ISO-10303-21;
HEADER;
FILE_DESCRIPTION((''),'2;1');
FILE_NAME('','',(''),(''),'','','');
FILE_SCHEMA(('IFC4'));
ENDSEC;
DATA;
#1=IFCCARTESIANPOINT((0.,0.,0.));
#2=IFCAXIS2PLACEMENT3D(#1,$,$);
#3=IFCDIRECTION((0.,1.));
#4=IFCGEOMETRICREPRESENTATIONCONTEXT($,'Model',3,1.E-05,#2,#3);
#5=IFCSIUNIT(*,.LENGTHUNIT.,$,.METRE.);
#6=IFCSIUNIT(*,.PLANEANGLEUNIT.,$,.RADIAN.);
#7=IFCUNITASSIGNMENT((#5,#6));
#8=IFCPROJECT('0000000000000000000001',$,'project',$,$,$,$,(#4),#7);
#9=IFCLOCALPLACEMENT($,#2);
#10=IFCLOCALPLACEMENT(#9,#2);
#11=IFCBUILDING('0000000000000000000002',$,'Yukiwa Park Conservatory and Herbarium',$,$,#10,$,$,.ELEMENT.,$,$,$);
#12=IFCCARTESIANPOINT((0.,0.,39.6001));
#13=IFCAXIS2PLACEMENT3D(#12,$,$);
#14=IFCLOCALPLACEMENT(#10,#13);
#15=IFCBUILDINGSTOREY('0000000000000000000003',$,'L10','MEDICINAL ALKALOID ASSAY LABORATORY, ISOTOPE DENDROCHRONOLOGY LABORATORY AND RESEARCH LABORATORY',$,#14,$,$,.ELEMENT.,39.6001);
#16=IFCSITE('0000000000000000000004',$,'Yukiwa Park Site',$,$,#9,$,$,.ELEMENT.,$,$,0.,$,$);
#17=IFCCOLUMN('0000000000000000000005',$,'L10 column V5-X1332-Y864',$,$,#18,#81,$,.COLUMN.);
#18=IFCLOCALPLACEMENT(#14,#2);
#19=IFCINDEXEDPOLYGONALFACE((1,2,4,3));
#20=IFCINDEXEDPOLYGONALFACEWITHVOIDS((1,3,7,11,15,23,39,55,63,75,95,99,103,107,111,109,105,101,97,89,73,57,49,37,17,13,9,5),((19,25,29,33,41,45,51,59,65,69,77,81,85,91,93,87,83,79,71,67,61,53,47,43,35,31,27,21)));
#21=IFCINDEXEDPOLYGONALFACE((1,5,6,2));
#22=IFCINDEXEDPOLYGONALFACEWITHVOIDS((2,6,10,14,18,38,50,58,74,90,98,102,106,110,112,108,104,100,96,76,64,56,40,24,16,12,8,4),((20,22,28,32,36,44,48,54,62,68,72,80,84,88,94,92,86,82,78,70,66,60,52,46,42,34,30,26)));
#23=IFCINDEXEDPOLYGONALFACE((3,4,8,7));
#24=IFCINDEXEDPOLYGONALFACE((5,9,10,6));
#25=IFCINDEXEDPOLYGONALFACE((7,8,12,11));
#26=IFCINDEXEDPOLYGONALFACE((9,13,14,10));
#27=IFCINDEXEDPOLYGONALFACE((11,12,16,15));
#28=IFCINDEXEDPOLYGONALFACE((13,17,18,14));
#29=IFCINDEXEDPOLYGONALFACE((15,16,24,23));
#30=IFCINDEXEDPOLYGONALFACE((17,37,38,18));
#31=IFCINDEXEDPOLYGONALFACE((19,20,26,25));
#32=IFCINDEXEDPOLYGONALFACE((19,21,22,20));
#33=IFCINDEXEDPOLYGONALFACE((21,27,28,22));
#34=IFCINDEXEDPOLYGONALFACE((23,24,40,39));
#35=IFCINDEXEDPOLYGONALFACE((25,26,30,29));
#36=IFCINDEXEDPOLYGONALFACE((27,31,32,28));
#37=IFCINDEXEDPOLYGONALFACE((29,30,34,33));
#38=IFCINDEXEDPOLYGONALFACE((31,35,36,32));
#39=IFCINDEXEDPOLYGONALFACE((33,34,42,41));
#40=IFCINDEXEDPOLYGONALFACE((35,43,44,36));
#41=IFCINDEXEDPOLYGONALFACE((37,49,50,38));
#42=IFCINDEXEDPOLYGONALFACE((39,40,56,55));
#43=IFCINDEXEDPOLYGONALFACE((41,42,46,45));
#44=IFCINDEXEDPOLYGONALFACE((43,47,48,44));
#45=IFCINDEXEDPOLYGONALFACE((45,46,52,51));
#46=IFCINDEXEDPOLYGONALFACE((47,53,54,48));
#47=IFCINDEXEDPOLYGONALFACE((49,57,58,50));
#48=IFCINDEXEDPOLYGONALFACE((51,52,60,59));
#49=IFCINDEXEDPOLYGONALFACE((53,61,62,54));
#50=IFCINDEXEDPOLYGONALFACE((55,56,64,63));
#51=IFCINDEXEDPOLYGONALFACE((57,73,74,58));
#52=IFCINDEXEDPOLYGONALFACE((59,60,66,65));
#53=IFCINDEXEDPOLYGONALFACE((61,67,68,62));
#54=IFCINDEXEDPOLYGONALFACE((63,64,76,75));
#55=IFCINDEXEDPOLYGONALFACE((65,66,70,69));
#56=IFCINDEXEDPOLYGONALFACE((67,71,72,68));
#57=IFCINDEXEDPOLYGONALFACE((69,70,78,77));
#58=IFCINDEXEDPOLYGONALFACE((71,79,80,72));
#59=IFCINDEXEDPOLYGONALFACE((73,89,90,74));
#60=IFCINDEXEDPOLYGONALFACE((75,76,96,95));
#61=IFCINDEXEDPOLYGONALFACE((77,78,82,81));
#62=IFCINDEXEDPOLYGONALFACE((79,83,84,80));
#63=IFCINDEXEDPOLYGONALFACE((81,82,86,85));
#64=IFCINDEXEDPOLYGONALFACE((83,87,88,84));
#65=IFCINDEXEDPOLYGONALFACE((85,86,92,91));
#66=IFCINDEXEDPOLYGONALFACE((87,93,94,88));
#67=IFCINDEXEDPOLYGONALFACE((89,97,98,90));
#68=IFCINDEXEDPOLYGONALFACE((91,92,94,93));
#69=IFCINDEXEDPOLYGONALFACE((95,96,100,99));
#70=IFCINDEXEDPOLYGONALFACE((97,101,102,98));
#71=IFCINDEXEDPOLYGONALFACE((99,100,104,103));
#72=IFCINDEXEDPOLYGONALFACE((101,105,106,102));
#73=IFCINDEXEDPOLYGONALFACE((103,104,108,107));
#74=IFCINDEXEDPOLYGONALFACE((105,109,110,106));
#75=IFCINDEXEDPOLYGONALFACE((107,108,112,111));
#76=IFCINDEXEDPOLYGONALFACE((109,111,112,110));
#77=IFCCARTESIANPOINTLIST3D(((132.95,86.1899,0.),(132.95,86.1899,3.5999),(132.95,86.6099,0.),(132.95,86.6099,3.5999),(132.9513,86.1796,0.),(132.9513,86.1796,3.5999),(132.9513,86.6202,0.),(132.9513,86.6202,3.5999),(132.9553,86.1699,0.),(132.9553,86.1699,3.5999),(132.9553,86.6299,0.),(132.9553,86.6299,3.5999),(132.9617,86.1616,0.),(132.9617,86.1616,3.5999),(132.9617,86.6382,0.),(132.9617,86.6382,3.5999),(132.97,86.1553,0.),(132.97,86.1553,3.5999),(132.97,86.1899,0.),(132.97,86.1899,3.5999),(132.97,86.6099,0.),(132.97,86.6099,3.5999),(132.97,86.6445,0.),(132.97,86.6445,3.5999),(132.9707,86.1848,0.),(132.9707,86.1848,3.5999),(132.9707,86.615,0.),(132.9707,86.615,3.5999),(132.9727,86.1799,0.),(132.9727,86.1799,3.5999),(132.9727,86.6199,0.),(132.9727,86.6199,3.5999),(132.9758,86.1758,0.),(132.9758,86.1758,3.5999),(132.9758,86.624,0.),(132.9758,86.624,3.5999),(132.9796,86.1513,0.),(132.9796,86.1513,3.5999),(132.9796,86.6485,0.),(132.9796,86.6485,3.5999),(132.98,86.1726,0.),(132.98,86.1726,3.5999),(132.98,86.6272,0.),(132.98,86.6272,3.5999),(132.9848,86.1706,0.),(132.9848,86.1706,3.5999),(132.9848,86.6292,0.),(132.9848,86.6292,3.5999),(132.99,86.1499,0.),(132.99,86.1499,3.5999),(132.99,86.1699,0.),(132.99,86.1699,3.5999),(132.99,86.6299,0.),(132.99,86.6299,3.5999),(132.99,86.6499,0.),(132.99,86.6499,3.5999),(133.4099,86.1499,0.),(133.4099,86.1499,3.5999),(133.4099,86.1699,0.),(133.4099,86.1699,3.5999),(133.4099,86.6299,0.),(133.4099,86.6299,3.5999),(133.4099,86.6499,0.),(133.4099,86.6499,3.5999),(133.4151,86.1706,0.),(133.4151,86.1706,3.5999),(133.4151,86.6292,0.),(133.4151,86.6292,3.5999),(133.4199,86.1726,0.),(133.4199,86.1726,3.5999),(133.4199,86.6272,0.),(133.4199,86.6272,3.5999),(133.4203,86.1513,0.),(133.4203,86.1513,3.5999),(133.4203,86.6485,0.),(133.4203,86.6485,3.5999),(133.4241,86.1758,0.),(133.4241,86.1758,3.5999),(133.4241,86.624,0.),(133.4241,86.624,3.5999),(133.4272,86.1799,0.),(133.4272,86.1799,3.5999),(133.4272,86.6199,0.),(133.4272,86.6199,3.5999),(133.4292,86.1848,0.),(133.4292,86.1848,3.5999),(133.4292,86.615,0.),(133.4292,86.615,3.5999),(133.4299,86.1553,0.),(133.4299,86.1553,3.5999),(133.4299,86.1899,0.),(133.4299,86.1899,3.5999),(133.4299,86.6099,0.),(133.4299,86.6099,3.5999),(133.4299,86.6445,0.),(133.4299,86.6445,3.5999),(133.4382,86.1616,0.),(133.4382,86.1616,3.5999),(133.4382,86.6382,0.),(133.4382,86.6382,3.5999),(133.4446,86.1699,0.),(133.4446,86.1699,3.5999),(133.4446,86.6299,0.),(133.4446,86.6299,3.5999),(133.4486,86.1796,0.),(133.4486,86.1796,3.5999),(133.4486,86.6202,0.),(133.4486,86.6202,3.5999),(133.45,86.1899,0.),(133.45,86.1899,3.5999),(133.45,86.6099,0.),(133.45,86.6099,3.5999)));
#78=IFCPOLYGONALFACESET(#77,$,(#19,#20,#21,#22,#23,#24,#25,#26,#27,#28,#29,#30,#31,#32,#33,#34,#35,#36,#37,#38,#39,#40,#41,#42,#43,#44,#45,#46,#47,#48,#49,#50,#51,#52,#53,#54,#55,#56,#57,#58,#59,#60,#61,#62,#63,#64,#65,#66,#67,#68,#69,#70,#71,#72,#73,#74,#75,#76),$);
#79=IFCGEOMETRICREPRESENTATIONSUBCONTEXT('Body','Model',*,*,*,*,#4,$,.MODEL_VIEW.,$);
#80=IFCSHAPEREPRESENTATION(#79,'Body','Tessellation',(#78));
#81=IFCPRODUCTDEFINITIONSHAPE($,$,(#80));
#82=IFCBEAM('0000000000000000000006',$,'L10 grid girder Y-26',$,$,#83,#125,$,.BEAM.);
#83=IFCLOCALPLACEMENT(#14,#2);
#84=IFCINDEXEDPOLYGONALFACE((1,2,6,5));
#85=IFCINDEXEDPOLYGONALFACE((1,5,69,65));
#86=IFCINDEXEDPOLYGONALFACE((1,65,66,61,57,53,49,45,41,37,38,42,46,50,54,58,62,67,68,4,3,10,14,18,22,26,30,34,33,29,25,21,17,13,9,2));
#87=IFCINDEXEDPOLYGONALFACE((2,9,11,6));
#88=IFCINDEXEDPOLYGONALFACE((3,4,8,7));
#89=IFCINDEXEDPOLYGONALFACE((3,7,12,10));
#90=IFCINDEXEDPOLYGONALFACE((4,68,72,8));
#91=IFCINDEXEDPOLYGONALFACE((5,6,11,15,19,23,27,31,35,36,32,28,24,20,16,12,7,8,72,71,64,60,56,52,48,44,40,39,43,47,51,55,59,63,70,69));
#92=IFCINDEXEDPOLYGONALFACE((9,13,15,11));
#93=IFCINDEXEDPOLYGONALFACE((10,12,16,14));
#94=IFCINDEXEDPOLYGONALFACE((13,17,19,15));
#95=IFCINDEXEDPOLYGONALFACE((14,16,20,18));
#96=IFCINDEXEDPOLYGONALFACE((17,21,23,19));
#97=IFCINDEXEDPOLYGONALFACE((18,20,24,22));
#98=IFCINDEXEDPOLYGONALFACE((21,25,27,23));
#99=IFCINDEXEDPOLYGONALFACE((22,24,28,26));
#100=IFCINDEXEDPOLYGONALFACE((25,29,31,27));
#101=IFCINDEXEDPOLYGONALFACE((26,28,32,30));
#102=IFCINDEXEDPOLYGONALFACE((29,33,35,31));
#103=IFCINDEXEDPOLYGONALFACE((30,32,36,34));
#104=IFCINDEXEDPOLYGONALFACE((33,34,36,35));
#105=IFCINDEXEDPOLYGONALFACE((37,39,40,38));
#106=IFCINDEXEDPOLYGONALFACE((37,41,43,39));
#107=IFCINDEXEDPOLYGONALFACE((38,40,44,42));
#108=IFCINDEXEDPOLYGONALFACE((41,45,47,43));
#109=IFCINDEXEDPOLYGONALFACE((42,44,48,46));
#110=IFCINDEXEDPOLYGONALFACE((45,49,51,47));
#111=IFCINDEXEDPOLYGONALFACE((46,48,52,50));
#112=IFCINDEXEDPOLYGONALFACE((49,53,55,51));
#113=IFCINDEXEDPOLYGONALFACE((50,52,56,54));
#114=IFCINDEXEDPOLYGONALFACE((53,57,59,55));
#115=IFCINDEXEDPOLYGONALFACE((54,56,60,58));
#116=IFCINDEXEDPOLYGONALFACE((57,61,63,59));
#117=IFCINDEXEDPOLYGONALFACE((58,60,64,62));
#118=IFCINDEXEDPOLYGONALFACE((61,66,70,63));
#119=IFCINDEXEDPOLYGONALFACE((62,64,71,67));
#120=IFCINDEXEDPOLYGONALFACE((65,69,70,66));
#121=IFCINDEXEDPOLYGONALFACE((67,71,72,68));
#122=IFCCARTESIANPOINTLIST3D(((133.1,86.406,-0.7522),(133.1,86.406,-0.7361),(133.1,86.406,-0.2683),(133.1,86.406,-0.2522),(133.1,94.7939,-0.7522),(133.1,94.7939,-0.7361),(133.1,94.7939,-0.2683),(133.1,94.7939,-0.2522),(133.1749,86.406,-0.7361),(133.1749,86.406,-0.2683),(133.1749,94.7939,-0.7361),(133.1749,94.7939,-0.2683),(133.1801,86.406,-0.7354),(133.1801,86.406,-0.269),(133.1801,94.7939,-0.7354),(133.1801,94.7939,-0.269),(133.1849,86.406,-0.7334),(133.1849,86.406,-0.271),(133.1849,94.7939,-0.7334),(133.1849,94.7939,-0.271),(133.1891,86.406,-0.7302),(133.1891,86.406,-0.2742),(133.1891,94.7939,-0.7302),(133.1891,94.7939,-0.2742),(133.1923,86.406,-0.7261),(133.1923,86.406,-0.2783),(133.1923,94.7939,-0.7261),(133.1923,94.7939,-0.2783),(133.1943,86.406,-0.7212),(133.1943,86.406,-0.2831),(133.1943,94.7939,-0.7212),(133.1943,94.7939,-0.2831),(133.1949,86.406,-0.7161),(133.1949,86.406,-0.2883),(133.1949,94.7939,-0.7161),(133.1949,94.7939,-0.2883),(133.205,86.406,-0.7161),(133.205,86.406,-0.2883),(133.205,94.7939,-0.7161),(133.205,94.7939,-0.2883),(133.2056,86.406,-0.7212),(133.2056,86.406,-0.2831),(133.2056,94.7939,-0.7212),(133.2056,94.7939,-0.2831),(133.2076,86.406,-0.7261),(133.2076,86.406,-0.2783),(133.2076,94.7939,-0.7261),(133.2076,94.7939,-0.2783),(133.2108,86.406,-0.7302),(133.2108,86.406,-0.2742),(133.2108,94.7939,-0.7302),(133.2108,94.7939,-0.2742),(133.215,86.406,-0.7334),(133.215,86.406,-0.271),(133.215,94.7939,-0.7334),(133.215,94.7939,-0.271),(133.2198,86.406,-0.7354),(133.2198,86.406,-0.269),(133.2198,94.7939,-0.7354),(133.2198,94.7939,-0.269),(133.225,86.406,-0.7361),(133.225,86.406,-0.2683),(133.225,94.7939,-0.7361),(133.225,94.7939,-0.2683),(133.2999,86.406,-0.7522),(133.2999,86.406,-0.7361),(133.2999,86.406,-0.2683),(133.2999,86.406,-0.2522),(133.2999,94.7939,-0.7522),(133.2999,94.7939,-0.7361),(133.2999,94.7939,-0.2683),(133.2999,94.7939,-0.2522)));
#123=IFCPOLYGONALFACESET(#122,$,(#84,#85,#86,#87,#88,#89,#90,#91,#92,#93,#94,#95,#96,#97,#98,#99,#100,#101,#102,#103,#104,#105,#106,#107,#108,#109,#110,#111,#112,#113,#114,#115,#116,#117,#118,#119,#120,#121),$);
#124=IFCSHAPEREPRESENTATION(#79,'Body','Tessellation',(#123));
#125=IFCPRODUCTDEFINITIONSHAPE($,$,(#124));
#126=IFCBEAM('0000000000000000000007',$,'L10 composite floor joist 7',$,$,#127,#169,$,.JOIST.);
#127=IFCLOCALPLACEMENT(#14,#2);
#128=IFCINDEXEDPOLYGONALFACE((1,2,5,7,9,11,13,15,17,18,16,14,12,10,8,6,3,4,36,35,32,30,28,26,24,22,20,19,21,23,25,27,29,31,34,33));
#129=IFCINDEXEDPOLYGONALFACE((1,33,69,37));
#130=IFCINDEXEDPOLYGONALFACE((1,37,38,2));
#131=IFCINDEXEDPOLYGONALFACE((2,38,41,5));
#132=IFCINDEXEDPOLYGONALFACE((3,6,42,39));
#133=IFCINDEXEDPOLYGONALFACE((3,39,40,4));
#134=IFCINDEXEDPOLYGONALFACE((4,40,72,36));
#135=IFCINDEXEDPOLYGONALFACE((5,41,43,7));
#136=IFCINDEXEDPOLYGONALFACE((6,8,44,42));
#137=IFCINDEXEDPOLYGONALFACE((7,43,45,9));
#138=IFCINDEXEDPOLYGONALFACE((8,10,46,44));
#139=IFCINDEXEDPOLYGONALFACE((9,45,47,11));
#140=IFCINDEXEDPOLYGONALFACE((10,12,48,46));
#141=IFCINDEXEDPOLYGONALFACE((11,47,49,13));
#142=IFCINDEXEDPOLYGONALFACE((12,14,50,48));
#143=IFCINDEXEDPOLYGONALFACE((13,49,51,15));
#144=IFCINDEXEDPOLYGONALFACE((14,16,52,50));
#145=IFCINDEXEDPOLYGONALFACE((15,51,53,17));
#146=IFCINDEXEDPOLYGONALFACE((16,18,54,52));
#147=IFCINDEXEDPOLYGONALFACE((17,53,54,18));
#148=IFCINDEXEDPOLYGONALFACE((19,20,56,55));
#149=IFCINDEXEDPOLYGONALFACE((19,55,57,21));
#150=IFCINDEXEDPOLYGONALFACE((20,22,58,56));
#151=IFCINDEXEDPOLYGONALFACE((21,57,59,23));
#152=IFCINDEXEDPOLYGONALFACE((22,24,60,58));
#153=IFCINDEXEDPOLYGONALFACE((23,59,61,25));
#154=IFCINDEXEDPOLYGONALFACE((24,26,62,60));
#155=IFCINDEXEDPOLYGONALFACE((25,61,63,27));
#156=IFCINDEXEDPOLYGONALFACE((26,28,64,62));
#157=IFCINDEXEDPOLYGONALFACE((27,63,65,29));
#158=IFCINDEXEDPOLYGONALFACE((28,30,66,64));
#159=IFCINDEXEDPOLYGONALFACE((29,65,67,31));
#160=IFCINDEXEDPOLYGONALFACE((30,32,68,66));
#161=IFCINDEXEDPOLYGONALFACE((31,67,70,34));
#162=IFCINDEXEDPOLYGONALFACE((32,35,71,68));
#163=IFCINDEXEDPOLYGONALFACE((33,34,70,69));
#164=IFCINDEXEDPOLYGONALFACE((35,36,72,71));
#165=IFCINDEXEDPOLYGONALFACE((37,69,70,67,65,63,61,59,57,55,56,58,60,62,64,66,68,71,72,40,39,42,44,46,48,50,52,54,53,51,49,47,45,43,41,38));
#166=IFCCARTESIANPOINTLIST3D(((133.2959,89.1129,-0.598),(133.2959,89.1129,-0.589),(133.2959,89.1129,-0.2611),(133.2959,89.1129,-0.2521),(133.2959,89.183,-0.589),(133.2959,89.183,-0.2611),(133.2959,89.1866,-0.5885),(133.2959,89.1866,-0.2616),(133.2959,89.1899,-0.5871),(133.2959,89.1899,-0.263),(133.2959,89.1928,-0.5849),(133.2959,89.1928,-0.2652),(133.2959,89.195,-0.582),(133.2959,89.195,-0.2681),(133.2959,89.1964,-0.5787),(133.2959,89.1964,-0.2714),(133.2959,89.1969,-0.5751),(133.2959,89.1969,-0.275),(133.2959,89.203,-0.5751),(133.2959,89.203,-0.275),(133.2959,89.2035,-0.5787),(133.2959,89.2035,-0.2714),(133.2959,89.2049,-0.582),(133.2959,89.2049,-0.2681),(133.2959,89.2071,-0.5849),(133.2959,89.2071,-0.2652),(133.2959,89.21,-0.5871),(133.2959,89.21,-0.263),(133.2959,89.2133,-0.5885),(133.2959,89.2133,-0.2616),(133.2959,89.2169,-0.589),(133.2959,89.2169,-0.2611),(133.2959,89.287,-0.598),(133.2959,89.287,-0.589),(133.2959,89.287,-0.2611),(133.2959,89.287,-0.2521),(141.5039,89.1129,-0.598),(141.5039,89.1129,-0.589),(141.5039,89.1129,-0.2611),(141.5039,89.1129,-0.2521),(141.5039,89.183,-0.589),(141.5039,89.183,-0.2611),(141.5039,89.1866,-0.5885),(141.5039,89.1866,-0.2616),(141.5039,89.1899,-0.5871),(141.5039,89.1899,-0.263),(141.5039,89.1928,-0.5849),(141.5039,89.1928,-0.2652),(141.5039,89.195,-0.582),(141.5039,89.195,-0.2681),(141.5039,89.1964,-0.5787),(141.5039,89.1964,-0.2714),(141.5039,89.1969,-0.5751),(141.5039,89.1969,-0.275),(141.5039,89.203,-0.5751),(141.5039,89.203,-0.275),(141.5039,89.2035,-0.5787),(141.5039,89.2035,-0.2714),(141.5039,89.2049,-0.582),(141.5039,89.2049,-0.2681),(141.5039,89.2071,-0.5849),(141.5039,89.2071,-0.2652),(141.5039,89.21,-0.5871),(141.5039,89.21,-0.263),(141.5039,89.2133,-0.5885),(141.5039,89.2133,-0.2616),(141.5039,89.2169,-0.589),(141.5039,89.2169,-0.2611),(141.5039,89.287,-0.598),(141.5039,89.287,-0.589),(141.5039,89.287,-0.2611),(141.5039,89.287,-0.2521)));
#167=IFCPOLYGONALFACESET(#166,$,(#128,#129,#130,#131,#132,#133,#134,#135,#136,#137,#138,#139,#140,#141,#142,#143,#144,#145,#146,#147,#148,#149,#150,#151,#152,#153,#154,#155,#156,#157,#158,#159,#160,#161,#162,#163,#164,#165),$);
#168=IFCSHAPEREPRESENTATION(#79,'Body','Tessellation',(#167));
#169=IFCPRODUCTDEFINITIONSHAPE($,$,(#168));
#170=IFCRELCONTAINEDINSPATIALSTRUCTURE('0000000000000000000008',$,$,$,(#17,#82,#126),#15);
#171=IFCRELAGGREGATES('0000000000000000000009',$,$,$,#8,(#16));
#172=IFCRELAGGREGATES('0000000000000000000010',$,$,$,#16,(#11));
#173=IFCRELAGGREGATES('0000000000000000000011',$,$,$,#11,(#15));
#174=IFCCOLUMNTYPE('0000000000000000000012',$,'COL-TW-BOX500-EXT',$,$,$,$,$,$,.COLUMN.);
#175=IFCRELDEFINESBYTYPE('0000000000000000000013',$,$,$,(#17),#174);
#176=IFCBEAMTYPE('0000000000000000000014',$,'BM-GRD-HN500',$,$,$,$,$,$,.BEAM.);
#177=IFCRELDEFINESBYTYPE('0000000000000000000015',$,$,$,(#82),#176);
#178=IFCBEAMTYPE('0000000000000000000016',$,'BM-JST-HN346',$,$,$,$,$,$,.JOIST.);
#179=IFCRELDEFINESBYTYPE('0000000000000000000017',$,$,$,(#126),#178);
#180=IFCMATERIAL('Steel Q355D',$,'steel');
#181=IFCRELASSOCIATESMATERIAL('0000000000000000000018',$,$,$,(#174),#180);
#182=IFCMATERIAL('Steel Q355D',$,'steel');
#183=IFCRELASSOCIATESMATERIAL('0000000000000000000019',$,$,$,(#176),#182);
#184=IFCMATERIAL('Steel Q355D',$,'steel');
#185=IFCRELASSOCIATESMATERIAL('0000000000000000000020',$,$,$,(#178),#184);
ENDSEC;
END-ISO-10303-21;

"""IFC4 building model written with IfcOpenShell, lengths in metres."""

from ifc_helpers import new_model, si_unit, direction, frame, origin, origin_2d, place, context, subcontext, project, spatial, hollow_rectangle, i_section, extrude, material, material_profile, profile_set, type_object, element, save


model = new_model("IFC4")

# Units and contexts
model_context = context("Model", 3, precision=1e-05, world=origin(), true_north=direction((0.0, 1.0)))
body_context = subcontext(model_context, "Body", "Model", "MODEL_VIEW")
ifc_project = project(units=[si_unit("LENGTHUNIT", "METRE"), si_unit("PLANEANGLEUNIT", "RADIAN")], contexts=[model_context])

# Site, building, storey
site_placement = place(None, origin())
site = spatial("IfcSite", under=ifc_project, at=site_placement, Name="Yukiwa Park Site", CompositionType="ELEMENT", RefElevation=0.0)
building_placement = place(site_placement, origin())
building = spatial("IfcBuilding", under=site, at=building_placement, Name="Yukiwa Park Conservatory and Herbarium", CompositionType="ELEMENT")
storey_placement = place(building_placement, frame((0.0, 0.0, 39.6001)))
storey = spatial("IfcBuildingStorey", under=building, at=storey_placement, Name="L10", Description="MEDICINAL ALKALOID ASSAY LABORATORY, ISOTOPE DENDROCHRONOLOGY LABORATORY AND RESEARCH LABORATORY", CompositionType="ELEMENT", Elevation=39.6001)

# Column
ifc_material_1 = material(Name="Steel Q355D", Category="steel")
ifc_material_profile_1 = material_profile(ifc_material_1, hollow_rectangle(XDim=0.5, YDim=0.5, WallThickness=0.02, InnerFilletRadius=0.02, OuterFilletRadius=0.04, at=origin_2d()), Name="BOX 500x500x20")
ifc_profile_set_1 = profile_set([ifc_material_profile_1], Name="Steel Q355D")
column_type = type_object("IfcColumnType", Name="COL-TW-BOX500-EXT", PredefinedType="COLUMN", material=ifc_profile_set_1)
column_placement = place(storey_placement, frame((133.2, 86.3999, 0.0), z_axis=(0.0, 0.0, 1.0), x_axis=(1.0, 0.0, 0.0)))
element("IfcColumn", 1, at=column_placement, inside=storey, type_object=column_type, Name="L10 column V5-X1332-Y864", PredefinedType="COLUMN", context=body_context, shape_type="SweptSolid", body=[
    extrude(hollow_rectangle(XDim=0.5, YDim=0.5, WallThickness=0.02, InnerFilletRadius=0.02, OuterFilletRadius=0.04, at=origin_2d()), origin(), (0.0, 0.0, 1.0), 3.5999),
])

# Beams
ifc_material_2 = material(Name="Steel Q355D", Category="steel")
ifc_material_profile_2 = material_profile(ifc_material_2, i_section(OverallWidth=0.2, OverallDepth=0.5, WebThickness=0.01, FlangeThickness=0.0161, FilletRadius=0.02, at=origin_2d()), Name="HN 500x200x10x16")
ifc_profile_set_2 = profile_set([ifc_material_profile_2], Name="Steel Q355D")
beam_type_1 = type_object("IfcBeamType", Name="BM-GRD-HN500", PredefinedType="BEAM", material=ifc_profile_set_2)
beam_1_placement = place(storey_placement, frame((133.2, 86.406, -0.5022), z_axis=(0.0, 1.0, 0.0), x_axis=(-1.0, 0.0, 0.0)))
element("IfcBeam", 2, at=beam_1_placement, inside=storey, type_object=beam_type_1, Name="L10 grid girder Y-26", PredefinedType="BEAM", context=body_context, shape_type="SweptSolid", body=[
    extrude(i_section(OverallWidth=0.2, OverallDepth=0.5, WebThickness=0.01, FlangeThickness=0.0161, FilletRadius=0.02, at=origin_2d()), origin(), (0.0, 0.0, 1.0), 8.3879),
])
ifc_material_3 = material(Name="Steel Q355D", Category="steel")
ifc_material_profile_3 = material_profile(ifc_material_3, i_section(OverallWidth=0.1741, OverallDepth=0.3459, WebThickness=0.0061, FlangeThickness=0.009, FilletRadius=0.0139, at=origin_2d()), Name="HN 346x174x6x9")
ifc_profile_set_3 = profile_set([ifc_material_profile_3], Name="Steel Q355D")
beam_type_2 = type_object("IfcBeamType", Name="BM-JST-HN346", PredefinedType="JOIST", material=ifc_profile_set_3)
for number, where, z_axis, x_axis, name in (
    (3, (133.2959, 89.2, -0.425), (1.0, 0.0, 0.0), (0.0, 1.0, 0.0), "L10 composite floor joist 7"),
):
    element("IfcBeam", number, at=place(storey_placement, frame(where, z_axis=z_axis, x_axis=x_axis)), inside=storey, type_object=beam_type_2, Name=name, PredefinedType="JOIST", context=body_context, shape_type="SweptSolid", body=[
        extrude(i_section(OverallWidth=0.1741, OverallDepth=0.3459, WebThickness=0.0061, FlangeThickness=0.009, FilletRadius=0.0139, at=origin_2d()), origin(), (0.0, 0.0, 1.0), 8.208),
    ])

save(model, "model.ifc")
